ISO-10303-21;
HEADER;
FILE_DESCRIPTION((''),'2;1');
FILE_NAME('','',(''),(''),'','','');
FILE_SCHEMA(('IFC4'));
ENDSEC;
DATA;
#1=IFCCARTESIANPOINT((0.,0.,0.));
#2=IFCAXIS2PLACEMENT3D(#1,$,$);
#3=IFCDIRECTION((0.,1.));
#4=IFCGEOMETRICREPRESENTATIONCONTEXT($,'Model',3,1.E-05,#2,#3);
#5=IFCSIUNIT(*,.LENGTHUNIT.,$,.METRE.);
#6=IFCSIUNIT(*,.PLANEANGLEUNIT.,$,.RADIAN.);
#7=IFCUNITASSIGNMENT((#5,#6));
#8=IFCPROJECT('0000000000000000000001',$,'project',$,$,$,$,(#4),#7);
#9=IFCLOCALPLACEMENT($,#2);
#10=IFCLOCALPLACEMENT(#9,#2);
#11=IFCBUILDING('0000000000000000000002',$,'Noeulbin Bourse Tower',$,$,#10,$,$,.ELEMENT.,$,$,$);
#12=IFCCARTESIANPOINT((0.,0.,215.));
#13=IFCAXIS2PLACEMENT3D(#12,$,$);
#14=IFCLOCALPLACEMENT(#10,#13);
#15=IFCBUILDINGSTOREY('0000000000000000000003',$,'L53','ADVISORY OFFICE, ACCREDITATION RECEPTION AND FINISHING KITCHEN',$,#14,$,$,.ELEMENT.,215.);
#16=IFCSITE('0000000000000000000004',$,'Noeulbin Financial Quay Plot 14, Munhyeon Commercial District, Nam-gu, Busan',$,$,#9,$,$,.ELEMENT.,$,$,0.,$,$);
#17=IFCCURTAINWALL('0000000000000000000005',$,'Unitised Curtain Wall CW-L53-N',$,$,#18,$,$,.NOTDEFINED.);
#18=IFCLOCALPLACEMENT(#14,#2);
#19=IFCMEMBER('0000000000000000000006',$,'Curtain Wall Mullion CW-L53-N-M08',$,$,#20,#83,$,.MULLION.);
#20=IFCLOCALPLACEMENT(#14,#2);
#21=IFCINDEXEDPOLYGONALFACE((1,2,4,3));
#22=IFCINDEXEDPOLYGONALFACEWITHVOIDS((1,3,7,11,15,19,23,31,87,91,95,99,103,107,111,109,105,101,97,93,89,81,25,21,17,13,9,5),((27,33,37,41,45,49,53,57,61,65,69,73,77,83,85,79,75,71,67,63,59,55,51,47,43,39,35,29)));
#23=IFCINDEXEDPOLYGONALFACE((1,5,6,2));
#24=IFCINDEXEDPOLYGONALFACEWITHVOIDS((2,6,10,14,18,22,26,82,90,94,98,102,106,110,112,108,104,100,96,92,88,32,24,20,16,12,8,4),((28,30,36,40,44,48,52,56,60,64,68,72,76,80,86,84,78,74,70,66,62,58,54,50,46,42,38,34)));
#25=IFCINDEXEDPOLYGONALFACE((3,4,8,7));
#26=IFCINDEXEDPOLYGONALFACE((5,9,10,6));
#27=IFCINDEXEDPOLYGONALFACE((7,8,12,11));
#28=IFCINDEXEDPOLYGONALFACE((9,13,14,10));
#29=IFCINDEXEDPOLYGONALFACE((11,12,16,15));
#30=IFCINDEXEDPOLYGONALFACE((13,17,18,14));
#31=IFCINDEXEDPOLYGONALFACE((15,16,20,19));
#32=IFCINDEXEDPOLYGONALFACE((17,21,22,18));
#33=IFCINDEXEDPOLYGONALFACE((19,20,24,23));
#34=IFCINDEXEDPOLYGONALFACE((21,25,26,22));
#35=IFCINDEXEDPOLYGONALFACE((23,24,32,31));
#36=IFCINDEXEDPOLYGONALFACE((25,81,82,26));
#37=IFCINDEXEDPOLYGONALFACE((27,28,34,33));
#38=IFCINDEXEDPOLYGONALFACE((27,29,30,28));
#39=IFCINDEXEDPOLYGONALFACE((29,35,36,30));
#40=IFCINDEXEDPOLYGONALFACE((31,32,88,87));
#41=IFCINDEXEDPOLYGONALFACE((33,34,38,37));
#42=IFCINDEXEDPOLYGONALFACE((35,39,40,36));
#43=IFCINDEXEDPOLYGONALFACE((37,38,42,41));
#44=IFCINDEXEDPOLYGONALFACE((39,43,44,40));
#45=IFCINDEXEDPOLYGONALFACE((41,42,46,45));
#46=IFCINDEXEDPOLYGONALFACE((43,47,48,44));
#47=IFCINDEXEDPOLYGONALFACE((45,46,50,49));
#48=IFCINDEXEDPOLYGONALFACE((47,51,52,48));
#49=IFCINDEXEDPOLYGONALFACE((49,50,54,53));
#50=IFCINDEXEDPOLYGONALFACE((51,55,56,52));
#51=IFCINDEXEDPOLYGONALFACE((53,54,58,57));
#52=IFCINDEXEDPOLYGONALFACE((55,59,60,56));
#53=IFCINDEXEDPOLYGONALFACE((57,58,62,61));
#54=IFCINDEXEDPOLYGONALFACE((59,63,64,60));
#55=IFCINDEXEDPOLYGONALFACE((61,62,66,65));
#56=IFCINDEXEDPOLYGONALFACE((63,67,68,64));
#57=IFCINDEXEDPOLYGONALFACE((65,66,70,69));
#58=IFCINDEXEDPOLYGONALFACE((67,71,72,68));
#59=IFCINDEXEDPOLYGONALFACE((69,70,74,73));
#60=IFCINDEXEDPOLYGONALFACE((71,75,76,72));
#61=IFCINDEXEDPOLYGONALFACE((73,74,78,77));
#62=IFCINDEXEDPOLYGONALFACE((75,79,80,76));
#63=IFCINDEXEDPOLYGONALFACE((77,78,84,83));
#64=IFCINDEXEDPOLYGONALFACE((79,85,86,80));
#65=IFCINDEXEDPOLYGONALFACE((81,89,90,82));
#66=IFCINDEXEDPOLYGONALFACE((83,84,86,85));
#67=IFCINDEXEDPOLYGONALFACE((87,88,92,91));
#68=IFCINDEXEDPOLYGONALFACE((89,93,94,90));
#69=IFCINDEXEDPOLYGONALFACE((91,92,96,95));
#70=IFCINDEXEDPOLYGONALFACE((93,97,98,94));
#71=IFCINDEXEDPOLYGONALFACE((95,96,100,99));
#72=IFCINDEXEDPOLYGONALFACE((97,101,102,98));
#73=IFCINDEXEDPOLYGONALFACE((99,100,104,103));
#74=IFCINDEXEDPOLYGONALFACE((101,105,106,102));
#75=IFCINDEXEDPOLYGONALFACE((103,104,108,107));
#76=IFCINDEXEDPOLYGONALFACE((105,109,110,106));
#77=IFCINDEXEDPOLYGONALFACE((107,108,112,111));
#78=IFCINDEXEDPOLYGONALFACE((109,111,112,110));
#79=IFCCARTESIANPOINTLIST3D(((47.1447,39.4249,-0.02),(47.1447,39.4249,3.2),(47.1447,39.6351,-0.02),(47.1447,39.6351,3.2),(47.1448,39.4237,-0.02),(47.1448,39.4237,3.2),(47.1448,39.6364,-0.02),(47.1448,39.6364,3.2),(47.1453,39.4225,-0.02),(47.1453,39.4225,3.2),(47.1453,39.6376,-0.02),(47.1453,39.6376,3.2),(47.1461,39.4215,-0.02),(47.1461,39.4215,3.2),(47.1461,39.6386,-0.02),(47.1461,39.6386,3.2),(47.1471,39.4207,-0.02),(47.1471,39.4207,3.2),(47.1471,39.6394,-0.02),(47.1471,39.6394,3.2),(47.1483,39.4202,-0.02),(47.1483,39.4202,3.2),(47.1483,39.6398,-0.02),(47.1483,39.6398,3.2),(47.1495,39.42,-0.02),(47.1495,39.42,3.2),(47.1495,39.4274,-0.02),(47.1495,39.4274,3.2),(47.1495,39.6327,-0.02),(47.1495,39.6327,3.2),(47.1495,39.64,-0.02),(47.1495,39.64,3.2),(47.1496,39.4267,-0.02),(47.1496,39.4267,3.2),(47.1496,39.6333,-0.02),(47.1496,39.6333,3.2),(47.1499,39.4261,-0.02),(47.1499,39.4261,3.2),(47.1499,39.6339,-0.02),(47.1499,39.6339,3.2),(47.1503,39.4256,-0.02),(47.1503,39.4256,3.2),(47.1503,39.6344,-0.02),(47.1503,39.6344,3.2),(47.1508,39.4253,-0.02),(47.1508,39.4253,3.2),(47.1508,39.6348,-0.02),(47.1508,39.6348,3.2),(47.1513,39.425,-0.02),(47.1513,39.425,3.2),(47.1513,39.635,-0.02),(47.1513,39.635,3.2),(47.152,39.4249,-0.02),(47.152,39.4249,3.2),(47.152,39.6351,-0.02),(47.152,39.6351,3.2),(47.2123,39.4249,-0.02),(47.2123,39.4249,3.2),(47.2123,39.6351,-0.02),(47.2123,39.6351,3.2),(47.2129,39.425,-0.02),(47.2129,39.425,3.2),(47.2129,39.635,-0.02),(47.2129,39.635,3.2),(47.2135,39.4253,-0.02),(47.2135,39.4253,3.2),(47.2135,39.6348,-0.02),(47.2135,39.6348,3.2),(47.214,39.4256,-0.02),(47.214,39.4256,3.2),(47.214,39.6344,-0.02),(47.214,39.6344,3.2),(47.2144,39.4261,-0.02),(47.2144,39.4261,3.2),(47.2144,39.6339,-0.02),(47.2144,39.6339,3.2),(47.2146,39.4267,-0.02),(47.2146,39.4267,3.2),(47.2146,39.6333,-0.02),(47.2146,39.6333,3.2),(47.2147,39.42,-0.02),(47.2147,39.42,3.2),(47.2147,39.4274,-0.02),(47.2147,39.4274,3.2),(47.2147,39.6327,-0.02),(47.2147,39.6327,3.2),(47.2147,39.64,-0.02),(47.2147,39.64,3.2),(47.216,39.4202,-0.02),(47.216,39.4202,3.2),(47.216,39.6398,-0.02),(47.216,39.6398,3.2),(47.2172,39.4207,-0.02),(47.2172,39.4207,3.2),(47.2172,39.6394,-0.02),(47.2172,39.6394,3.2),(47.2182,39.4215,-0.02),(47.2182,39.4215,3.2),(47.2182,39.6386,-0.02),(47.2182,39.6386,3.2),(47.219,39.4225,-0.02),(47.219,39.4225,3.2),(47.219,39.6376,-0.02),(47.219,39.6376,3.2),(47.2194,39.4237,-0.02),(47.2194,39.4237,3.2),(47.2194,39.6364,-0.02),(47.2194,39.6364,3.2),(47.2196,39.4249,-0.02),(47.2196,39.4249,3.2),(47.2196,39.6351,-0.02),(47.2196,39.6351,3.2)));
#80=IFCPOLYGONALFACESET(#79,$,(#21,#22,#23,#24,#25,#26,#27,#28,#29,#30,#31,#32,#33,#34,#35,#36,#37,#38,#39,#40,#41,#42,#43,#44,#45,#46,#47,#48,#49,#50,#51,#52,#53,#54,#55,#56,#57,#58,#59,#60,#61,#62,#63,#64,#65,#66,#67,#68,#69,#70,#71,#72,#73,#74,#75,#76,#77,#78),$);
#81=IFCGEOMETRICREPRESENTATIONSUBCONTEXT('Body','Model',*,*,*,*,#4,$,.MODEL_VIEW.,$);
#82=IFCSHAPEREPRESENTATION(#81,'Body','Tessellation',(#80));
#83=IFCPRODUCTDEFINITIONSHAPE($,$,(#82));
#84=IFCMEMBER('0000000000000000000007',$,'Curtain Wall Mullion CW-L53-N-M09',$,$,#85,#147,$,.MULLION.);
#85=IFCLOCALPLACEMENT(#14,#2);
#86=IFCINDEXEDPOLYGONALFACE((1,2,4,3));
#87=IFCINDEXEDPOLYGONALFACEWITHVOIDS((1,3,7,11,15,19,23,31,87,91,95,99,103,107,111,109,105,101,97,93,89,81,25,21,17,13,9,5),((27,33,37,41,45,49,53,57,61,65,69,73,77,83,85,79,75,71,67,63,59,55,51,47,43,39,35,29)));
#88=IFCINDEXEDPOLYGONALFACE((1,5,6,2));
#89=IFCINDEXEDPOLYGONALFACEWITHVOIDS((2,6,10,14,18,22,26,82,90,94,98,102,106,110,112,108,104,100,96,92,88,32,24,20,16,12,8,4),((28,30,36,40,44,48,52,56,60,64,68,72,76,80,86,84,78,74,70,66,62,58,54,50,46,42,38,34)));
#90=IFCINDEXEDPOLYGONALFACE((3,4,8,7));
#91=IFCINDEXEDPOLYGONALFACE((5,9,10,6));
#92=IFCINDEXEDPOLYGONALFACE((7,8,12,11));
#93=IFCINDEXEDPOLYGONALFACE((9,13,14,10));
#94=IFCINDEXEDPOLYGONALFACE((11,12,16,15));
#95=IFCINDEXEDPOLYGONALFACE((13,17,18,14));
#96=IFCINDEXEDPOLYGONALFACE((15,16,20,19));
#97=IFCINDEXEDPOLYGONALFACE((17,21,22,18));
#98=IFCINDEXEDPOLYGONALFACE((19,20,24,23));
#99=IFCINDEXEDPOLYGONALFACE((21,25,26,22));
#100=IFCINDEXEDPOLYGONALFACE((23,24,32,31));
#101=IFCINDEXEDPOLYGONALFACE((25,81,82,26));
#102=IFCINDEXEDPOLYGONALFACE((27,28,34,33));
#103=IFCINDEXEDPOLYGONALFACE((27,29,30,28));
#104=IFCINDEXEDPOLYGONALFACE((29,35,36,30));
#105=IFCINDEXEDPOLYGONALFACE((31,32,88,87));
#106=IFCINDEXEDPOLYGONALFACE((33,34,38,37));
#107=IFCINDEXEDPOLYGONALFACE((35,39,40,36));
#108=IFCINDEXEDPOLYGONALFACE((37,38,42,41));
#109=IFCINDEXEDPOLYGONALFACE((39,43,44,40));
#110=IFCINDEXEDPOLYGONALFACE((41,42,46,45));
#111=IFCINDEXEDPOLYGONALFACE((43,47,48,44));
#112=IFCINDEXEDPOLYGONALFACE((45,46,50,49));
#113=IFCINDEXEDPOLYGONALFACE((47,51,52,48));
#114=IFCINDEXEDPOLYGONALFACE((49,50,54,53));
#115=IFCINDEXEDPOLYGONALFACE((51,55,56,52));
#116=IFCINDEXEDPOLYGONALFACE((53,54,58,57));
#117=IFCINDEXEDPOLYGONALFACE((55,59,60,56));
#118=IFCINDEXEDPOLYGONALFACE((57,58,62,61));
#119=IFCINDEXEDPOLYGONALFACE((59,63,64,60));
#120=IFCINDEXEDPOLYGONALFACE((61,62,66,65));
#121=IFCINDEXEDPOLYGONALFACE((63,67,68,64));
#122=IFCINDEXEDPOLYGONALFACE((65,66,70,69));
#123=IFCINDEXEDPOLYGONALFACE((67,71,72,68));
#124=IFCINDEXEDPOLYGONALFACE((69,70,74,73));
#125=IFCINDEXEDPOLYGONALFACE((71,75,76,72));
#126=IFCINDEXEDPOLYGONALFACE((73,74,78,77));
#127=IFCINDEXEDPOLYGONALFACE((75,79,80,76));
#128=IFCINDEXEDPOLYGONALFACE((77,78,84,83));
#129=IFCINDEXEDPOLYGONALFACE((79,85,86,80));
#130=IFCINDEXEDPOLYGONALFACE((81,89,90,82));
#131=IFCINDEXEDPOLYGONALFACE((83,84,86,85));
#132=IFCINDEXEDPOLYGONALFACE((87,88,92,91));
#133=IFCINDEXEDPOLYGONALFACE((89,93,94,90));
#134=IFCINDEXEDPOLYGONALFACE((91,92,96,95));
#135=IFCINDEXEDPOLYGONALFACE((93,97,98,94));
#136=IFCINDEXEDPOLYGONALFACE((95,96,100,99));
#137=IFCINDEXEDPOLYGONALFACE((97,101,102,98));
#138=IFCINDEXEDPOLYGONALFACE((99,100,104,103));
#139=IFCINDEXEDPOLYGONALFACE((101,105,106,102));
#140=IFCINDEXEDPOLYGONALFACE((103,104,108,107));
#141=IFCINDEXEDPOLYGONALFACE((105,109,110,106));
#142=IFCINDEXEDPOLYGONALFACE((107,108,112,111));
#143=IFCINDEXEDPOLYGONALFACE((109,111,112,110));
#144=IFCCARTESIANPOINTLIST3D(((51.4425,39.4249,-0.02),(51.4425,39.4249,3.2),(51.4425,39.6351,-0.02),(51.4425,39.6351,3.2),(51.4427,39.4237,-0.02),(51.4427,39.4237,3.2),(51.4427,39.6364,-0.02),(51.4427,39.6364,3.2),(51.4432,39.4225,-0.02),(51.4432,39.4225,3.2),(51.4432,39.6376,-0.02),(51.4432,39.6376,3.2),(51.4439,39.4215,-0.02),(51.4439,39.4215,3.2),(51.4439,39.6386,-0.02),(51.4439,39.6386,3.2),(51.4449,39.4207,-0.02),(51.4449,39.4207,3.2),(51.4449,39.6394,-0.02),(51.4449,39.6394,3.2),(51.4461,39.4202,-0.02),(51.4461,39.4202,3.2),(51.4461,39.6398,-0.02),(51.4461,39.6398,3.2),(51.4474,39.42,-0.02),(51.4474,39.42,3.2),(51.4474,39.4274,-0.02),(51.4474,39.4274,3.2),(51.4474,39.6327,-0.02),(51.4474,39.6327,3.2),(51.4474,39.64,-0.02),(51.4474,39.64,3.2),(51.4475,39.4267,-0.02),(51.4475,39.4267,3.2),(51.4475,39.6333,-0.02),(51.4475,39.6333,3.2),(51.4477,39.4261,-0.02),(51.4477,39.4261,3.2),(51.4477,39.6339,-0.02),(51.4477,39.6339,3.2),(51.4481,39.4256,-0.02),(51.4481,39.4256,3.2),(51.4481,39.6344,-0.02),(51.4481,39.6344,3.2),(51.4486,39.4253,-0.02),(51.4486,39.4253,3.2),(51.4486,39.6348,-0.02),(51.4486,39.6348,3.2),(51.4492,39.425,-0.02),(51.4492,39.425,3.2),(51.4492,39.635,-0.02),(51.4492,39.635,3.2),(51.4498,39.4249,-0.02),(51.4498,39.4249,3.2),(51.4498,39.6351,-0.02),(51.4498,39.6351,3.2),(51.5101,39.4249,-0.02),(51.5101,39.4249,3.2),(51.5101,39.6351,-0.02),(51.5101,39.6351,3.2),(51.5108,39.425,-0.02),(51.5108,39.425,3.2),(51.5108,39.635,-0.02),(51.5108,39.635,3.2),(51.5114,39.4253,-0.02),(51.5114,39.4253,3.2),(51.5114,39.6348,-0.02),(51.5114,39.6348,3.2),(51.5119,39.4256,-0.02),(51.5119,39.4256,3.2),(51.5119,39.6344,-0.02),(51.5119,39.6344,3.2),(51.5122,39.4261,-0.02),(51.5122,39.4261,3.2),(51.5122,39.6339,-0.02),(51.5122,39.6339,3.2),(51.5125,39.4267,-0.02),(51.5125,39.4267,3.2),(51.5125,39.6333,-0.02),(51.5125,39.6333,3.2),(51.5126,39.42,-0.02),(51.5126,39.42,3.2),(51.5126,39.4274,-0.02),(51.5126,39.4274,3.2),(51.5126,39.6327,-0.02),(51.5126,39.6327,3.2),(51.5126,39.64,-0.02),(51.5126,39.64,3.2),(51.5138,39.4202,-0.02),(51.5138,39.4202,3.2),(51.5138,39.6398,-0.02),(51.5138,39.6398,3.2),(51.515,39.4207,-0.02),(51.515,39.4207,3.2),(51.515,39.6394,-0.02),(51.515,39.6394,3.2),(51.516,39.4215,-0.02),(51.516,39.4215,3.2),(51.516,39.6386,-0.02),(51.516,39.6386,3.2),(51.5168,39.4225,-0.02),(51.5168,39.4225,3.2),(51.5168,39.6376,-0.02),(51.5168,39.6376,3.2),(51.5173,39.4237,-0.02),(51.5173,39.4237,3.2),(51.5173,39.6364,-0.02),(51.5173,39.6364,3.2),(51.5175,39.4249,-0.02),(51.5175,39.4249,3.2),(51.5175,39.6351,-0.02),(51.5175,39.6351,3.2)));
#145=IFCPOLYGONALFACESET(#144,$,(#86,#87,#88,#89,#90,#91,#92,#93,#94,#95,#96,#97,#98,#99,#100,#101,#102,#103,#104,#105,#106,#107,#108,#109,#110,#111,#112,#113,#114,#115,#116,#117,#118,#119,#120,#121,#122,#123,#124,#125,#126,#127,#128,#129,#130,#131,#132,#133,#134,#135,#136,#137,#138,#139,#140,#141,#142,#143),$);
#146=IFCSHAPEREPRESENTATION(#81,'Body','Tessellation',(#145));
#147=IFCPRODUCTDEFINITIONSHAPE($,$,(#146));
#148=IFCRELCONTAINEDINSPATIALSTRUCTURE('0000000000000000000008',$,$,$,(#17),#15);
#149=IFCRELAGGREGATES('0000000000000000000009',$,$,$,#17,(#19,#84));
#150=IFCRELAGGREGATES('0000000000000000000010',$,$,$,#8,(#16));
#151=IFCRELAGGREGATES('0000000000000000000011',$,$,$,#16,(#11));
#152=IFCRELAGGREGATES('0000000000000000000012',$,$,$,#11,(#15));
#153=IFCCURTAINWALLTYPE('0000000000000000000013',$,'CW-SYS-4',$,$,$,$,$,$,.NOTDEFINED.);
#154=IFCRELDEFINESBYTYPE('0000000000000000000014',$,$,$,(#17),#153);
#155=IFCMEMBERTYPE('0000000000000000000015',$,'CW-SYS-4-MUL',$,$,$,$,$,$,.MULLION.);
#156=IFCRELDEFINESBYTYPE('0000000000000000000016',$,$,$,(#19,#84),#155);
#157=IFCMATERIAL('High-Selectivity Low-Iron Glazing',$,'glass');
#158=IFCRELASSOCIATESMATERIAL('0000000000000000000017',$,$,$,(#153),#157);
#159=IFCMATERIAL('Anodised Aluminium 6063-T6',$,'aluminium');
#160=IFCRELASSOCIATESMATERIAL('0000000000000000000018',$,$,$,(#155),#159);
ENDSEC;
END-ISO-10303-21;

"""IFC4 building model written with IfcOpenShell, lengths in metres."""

from ifc_helpers import new_model, si_unit, direction, frame, origin, origin_2d, place, context, subcontext, project, spatial, hollow_rectangle, extrude, material, material_profile, profile_set, type_object, element, aggregate, save


model = new_model("IFC4")

# Units and contexts
model_context = context("Model", 3, precision=1e-05, world=origin(), true_north=direction((0.0, 1.0)))
body_context = subcontext(model_context, "Body", "Model", "MODEL_VIEW")
ifc_project = project(units=[si_unit("LENGTHUNIT", "METRE"), si_unit("PLANEANGLEUNIT", "RADIAN")], contexts=[model_context])

# Site, building, storey
site_placement = place(None, origin())
site = spatial("IfcSite", under=ifc_project, at=site_placement, Name="Noeulbin Financial Quay Plot 14, Munhyeon Commercial District, Nam-gu, Busan", CompositionType="ELEMENT", RefElevation=0.0)
building_placement = place(site_placement, origin())
building = spatial("IfcBuilding", under=site, at=building_placement, Name="Noeulbin Bourse Tower", CompositionType="ELEMENT")
storey_placement = place(building_placement, frame((0.0, 0.0, 215.0)))
storey = spatial("IfcBuildingStorey", under=building, at=storey_placement, Name="L53", Description="ADVISORY OFFICE, ACCREDITATION RECEPTION AND FINISHING KITCHEN", CompositionType="ELEMENT", Elevation=215.0)

# Curtain wall, members
ifc_material_1 = material(Name="High-Selectivity Low-Iron Glazing", Category="glass")
curtain_wall_type = type_object("IfcCurtainWallType", Name="CW-SYS-4", PredefinedType="NOTDEFINED", material=ifc_material_1)
curtain_wall_1_placement = place(storey_placement, origin())
curtain_wall_1 = element("IfcCurtainWall", 1, at=curtain_wall_1_placement, inside=storey, type_object=curtain_wall_type, Name="Unitised Curtain Wall CW-L53-N", PredefinedType="NOTDEFINED")
ifc_material_2 = material(Name="Anodised Aluminium 6063-T6", Category="aluminium")
ifc_material_profile_1 = material_profile(ifc_material_2, hollow_rectangle(XDim=0.075, YDim=0.22, WallThickness=0.0049, InnerFilletRadius=0.0024, OuterFilletRadius=0.0049, at=origin_2d()), Name="ALU-MULL-75x220x5", Category="LoadBearing")
ifc_profile_set_1 = profile_set([ifc_material_profile_1], Name="Anodised Aluminium 6063-T6")
member_type_1 = type_object("IfcMemberType", Name="CW-SYS-4-MUL", PredefinedType="MULLION", material=ifc_profile_set_1)
member_1_placement = place(storey_placement, frame((47.1821, 39.53, -0.02), z_axis=(0.0, 0.0, 1.0), x_axis=(1.0, 0.0, 0.0)))
member_1 = element("IfcMember", 2, at=member_1_placement, type_object=member_type_1, Name="Curtain Wall Mullion CW-L53-N-M08", PredefinedType="MULLION", context=body_context, shape_type="SweptSolid", body=[
    extrude(hollow_rectangle(XDim=0.075, YDim=0.22, WallThickness=0.0049, InnerFilletRadius=0.0024, OuterFilletRadius=0.0049, at=origin_2d()), origin(), (0.0, 0.0, 1.0), 3.22),
])
member_2_placement = place(storey_placement, frame((51.48, 39.53, -0.02), z_axis=(0.0, 0.0, 1.0), x_axis=(1.0, 0.0, 0.0)))
member_2 = element("IfcMember", 3, at=member_2_placement, type_object=member_type_1, Name="Curtain Wall Mullion CW-L53-N-M09", PredefinedType="MULLION", context=body_context, shape_type="SweptSolid", body=[
    extrude(hollow_rectangle(XDim=0.075, YDim=0.22, WallThickness=0.0049, InnerFilletRadius=0.0024, OuterFilletRadius=0.0049, at=origin_2d()), origin(), (0.0, 0.0, 1.0), 3.22),
])

aggregate(curtain_wall_1, [member_1, member_2])

save(model, "model.ifc")
